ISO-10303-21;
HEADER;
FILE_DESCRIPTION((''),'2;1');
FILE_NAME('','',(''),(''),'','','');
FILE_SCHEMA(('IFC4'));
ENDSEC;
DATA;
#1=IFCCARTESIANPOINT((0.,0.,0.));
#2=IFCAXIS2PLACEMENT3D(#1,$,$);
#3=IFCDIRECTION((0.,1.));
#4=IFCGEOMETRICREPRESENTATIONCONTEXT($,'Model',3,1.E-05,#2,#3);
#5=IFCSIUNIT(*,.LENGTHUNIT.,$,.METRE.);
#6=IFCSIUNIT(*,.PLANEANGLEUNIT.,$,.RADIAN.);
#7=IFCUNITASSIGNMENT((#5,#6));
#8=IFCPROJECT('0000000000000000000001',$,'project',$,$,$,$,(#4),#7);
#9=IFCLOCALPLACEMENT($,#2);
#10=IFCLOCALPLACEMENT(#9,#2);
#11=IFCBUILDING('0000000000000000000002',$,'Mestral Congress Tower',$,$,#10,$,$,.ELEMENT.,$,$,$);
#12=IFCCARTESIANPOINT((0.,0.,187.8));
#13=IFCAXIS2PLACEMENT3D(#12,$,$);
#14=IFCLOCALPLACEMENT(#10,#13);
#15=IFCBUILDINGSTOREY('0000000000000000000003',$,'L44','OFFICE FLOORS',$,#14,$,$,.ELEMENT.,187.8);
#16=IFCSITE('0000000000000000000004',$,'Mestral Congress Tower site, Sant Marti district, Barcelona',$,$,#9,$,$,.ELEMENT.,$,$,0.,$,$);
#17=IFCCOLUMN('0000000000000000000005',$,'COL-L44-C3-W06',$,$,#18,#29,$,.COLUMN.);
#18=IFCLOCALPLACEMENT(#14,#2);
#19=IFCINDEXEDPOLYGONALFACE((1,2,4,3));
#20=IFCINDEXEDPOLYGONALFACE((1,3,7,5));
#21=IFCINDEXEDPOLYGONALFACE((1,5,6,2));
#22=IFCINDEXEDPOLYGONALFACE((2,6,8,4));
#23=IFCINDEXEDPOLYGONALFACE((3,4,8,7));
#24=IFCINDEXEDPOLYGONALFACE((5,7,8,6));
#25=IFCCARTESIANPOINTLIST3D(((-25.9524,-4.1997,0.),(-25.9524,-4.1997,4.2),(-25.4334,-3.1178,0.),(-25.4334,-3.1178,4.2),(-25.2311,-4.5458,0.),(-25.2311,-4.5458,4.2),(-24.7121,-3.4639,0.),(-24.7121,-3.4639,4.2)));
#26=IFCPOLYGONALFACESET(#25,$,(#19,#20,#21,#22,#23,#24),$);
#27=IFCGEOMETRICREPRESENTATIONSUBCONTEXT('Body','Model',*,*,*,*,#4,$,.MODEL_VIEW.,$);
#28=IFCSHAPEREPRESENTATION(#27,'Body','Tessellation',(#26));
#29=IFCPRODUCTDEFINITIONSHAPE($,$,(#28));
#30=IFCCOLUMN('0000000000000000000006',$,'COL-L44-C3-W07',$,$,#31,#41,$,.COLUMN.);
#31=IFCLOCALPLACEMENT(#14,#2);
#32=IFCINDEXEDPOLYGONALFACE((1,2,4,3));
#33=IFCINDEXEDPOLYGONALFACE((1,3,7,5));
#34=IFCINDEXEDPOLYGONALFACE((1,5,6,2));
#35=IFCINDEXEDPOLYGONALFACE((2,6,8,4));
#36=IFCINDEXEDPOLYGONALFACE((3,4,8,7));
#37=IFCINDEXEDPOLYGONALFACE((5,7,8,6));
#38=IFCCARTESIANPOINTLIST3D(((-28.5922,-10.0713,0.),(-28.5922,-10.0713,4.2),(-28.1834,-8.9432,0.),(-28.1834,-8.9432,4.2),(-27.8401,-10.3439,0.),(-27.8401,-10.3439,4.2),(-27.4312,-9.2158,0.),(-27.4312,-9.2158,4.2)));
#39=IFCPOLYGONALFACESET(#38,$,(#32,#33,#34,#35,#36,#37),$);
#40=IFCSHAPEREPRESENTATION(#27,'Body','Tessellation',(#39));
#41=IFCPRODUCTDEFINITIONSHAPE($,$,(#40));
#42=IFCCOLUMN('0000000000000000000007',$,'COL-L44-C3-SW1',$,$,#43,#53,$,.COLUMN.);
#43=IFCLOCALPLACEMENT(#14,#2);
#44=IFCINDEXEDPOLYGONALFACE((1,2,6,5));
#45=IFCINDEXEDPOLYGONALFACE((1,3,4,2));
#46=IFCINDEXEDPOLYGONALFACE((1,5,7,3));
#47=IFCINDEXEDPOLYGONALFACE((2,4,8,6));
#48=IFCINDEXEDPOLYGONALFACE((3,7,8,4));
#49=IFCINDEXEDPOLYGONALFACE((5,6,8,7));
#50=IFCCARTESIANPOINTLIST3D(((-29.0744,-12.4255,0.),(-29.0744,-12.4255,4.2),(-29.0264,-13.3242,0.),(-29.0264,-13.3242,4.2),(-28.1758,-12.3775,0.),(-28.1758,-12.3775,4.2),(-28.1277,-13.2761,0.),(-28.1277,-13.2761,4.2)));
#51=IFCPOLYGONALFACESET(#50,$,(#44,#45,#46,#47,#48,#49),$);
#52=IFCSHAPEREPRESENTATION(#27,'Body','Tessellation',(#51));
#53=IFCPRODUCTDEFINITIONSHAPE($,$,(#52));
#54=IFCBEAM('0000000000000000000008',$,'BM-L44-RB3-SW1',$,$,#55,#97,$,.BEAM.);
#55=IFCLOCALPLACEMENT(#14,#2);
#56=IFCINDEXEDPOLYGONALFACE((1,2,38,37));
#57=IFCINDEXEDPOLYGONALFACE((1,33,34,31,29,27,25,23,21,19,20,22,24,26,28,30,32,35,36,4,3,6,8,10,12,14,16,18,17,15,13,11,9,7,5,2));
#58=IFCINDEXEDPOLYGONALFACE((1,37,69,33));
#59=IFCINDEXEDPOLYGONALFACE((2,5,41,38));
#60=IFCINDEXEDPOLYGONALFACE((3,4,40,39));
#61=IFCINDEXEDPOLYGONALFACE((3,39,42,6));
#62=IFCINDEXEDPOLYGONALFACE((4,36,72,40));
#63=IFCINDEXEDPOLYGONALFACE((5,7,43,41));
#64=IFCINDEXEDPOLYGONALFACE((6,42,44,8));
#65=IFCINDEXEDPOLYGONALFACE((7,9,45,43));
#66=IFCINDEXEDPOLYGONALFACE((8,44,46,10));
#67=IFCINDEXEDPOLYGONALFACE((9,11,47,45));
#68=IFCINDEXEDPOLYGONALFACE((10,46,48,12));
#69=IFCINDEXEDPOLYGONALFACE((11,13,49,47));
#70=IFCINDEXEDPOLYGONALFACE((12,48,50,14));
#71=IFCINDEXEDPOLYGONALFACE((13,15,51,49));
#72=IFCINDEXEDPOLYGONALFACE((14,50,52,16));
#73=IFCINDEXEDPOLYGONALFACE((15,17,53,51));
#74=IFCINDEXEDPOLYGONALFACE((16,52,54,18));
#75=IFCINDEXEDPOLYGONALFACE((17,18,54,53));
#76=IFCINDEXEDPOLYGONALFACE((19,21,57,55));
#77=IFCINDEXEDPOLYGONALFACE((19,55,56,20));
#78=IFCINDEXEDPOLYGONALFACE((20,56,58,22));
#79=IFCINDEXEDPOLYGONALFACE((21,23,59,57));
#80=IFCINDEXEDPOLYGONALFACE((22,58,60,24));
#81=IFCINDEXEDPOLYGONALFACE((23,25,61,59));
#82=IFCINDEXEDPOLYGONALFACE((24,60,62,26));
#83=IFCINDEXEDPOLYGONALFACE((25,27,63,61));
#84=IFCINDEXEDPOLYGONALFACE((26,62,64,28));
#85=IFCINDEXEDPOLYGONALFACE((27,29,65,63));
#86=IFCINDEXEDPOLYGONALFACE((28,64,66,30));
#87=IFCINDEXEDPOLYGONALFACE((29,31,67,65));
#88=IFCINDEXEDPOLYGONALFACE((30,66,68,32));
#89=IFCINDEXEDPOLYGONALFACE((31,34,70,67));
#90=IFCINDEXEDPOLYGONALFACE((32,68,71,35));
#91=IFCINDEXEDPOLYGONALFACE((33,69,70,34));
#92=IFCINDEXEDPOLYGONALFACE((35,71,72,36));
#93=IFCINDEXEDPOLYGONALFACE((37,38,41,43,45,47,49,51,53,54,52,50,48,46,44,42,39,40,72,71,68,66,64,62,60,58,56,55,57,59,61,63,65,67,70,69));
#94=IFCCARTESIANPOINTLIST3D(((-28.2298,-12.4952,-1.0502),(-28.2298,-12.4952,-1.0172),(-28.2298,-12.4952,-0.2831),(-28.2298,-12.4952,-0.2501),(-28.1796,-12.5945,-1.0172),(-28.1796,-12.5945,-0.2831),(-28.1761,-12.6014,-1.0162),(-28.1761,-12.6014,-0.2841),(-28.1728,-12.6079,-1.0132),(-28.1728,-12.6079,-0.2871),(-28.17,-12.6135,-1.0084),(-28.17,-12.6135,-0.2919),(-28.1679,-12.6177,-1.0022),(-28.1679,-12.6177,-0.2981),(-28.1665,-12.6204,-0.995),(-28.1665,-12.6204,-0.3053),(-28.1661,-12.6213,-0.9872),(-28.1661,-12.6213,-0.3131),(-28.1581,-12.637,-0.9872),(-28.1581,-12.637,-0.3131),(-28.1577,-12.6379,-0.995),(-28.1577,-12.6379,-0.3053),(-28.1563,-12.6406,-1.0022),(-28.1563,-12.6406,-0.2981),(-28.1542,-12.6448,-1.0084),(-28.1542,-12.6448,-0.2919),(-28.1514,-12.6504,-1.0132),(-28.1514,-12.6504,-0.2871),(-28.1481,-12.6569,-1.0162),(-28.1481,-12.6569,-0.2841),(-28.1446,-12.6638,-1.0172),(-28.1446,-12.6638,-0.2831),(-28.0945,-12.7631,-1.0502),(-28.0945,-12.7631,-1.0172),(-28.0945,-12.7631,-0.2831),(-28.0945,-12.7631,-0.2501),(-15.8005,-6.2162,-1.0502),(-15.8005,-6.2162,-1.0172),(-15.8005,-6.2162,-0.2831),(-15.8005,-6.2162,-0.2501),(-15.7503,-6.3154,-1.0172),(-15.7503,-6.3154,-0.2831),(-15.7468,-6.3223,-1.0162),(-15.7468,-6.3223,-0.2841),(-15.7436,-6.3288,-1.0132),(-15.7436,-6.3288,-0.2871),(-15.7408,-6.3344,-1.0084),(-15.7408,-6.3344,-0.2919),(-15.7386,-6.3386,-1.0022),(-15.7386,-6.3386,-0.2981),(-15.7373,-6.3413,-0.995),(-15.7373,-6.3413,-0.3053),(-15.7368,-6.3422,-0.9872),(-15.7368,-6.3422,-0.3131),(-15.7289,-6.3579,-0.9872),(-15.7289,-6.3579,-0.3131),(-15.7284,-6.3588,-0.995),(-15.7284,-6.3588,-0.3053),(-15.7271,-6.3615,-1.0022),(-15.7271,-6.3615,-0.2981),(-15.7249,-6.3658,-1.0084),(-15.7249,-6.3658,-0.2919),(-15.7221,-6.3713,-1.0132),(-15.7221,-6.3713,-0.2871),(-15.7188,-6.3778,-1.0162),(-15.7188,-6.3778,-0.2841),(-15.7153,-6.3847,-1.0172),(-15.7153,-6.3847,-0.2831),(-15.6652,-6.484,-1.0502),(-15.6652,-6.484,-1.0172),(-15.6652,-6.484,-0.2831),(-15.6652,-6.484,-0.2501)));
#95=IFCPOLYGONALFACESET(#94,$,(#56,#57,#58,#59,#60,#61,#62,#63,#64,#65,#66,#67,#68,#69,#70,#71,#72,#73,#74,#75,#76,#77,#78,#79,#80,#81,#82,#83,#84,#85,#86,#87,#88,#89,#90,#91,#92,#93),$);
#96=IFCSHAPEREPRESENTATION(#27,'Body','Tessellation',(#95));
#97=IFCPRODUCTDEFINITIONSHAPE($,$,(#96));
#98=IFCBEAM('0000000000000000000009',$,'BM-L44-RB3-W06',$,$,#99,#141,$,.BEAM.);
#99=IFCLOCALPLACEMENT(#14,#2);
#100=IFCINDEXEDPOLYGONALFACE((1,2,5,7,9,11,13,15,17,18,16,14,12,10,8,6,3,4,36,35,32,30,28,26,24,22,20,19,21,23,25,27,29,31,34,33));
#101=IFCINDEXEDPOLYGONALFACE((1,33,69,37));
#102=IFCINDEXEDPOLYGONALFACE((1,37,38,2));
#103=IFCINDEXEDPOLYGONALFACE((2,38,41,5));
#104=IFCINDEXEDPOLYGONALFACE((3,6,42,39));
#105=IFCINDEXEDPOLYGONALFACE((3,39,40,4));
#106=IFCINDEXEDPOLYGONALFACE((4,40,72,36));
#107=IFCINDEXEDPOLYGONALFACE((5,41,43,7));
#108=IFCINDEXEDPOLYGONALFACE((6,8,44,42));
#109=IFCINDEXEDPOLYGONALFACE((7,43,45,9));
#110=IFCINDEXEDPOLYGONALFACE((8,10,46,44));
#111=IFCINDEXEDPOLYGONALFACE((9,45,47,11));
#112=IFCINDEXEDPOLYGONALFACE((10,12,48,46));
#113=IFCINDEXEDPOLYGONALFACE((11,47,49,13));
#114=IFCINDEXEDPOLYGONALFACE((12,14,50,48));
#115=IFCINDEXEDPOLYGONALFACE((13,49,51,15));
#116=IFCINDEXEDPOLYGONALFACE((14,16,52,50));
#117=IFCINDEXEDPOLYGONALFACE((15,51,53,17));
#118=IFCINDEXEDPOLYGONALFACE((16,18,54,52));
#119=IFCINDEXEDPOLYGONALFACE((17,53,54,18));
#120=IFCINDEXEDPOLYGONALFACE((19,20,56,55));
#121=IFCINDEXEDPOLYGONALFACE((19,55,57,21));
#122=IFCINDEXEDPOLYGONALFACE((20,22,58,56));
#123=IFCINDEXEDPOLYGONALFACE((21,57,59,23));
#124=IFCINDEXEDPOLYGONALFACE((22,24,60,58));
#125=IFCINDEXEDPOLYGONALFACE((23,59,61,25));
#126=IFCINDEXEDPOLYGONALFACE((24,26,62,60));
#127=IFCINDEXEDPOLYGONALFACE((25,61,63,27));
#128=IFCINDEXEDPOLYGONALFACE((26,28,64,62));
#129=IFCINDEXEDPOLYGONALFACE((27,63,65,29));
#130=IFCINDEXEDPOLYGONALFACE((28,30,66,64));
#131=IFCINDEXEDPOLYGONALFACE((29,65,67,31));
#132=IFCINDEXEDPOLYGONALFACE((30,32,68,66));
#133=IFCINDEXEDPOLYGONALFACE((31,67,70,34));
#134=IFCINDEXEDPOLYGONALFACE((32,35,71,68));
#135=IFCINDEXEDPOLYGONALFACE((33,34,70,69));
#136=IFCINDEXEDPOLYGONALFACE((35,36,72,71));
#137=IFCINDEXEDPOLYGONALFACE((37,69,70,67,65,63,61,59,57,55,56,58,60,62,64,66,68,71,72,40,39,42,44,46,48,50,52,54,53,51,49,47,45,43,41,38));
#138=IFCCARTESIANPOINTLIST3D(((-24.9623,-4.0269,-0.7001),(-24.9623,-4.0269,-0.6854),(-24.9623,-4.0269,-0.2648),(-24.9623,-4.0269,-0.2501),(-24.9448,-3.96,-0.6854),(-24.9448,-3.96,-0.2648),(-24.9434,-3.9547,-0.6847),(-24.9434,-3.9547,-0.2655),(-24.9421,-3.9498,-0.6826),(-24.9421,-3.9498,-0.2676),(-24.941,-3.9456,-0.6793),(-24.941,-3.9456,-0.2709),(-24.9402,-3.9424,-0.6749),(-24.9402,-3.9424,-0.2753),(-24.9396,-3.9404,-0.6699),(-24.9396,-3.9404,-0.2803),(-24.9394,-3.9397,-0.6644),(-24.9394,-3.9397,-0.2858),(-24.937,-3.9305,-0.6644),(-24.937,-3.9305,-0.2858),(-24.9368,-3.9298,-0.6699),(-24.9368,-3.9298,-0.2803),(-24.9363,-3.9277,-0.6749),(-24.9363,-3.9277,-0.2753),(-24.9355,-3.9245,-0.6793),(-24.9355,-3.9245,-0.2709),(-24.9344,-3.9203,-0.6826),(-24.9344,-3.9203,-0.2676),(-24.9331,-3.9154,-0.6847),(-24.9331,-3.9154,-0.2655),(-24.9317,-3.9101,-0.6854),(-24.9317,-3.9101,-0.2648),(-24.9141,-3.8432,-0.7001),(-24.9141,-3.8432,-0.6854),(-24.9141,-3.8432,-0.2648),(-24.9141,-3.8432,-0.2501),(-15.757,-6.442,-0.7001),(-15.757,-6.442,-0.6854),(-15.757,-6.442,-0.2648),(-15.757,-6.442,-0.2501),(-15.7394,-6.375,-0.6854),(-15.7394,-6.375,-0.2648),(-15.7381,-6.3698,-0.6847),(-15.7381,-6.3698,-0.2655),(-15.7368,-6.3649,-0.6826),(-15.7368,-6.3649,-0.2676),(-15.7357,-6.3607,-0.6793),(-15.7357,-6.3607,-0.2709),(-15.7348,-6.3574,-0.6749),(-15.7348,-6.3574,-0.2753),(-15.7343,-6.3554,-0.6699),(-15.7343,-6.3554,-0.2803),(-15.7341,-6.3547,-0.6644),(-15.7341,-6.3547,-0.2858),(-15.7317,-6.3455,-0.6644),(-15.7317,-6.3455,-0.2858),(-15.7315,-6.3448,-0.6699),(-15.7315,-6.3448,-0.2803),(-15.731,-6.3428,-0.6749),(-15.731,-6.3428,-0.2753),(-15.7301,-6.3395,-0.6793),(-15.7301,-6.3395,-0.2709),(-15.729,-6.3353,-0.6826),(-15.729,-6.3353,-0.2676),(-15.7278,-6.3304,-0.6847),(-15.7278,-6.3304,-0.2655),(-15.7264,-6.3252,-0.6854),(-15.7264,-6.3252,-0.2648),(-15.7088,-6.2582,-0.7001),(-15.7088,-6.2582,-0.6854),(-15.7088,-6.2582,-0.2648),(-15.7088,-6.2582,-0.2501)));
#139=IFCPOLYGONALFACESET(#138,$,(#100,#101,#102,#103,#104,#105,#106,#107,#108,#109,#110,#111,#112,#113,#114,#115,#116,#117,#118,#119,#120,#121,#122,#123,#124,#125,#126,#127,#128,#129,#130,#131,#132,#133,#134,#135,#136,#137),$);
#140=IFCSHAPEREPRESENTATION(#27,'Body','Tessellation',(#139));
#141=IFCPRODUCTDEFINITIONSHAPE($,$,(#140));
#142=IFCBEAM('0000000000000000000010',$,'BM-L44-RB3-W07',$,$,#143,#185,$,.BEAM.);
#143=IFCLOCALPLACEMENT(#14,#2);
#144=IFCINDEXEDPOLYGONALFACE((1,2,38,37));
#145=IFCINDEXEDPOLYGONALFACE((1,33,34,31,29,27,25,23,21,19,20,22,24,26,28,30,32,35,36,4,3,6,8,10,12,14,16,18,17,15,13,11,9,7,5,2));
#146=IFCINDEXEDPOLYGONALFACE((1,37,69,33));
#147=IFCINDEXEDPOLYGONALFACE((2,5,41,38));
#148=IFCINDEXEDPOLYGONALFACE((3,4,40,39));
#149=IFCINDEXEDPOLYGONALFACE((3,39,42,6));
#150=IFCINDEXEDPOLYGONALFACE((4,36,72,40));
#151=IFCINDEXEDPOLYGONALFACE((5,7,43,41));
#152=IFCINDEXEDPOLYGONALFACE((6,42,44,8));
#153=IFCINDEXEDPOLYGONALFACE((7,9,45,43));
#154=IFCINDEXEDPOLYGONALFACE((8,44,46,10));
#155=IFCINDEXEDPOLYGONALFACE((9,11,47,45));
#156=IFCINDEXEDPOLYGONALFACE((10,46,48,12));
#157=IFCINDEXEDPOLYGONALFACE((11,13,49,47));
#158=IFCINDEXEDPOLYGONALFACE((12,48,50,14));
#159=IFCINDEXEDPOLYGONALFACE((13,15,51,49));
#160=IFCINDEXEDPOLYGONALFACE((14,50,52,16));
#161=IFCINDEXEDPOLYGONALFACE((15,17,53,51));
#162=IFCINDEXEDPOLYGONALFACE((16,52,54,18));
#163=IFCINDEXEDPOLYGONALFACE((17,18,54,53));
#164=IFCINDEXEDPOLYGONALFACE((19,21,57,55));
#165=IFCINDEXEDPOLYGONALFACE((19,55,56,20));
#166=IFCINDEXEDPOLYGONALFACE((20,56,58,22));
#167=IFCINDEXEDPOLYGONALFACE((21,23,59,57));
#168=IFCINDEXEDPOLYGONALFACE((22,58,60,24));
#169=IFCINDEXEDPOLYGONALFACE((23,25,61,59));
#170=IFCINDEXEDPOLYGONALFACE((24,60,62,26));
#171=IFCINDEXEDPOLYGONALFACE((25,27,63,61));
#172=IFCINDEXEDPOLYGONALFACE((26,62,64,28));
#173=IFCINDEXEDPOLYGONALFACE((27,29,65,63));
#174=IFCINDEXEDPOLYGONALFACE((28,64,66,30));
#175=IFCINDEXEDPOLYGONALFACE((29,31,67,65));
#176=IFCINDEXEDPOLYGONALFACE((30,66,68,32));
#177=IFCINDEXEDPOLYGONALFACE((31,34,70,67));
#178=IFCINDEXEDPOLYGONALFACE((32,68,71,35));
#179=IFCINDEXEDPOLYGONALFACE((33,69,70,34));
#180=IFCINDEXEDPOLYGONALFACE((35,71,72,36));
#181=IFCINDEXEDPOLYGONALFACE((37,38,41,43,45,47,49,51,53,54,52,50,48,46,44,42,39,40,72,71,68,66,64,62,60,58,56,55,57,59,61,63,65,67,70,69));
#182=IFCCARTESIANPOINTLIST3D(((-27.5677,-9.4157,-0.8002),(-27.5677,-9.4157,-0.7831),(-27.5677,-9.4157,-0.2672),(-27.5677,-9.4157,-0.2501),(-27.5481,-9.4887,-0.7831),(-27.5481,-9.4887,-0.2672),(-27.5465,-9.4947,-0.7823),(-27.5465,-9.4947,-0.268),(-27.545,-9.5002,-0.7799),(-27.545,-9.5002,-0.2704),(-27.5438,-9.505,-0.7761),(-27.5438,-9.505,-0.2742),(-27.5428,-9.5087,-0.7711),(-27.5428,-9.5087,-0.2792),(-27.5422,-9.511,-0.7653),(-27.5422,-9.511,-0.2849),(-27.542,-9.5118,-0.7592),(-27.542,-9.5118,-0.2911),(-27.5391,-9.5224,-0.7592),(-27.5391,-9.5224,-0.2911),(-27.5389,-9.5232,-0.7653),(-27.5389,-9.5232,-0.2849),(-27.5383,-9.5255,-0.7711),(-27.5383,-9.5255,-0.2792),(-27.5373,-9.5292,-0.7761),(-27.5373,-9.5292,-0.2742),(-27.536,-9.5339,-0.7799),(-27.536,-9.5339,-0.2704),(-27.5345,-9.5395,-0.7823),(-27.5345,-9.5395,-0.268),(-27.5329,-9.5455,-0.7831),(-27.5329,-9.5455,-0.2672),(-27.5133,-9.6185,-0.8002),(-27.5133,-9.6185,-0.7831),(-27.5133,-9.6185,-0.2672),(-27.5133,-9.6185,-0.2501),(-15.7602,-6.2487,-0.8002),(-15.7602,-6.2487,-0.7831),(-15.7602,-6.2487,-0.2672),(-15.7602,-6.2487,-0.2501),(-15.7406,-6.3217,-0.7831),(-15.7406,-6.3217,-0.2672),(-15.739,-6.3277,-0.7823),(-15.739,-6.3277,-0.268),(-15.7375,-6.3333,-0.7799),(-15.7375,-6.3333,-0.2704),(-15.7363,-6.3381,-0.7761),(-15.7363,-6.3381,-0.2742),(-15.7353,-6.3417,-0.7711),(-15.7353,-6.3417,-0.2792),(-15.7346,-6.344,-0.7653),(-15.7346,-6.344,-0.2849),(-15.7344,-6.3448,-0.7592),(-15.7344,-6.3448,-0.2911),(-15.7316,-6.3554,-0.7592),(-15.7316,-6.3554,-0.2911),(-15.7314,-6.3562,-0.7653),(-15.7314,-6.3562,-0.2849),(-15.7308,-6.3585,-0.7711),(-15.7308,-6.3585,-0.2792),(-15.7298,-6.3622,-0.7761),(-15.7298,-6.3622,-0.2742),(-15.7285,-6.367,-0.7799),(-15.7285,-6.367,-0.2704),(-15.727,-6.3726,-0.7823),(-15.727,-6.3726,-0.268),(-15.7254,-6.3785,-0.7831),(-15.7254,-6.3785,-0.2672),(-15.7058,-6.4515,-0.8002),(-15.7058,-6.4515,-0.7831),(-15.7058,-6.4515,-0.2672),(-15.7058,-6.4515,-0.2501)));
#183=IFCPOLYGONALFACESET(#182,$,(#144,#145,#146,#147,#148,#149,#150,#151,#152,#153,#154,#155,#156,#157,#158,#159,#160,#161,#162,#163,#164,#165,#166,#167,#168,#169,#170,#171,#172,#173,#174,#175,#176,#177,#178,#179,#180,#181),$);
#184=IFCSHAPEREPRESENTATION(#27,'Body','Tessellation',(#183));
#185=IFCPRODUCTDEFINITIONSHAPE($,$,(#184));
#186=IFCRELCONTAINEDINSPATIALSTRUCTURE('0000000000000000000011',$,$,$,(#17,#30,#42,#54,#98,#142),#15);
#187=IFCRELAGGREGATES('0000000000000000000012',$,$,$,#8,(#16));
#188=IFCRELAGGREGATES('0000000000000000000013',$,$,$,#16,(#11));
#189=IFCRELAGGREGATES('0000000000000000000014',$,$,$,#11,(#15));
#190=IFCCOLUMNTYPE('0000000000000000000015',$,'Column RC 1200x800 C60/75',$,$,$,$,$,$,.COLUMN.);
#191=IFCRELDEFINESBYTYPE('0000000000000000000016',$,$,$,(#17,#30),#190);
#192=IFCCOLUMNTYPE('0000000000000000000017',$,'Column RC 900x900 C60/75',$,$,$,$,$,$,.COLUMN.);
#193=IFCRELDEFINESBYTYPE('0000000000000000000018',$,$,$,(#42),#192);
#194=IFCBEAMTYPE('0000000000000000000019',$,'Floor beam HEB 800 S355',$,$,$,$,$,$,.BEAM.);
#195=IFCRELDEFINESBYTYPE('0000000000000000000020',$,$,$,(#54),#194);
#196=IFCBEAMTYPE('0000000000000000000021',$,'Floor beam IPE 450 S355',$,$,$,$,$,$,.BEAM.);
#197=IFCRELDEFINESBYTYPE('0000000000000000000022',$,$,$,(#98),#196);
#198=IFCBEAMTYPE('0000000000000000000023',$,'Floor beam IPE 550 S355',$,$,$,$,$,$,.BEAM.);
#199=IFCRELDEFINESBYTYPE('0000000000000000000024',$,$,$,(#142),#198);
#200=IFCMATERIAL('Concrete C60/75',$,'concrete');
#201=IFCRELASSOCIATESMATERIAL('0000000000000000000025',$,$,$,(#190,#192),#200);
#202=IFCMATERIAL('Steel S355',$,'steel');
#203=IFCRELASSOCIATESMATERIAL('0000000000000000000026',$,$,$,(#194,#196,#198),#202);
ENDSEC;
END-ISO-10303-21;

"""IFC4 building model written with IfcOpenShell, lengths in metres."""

from ifc_helpers import new_model, si_unit, direction, frame, origin, origin_2d, place, context, subcontext, project, spatial, rectangle, i_section, extrude, material, material_profile, profile_set, type_object, element, save


model = new_model("IFC4")

# Units and contexts
model_context = context("Model", 3, precision=1e-05, world=origin(), true_north=direction((0.0, 1.0)))
body_context = subcontext(model_context, "Body", "Model", "MODEL_VIEW")
ifc_project = project(units=[si_unit("LENGTHUNIT", "METRE"), si_unit("PLANEANGLEUNIT", "RADIAN")], contexts=[model_context])

# Site, building, storey
site_placement = place(None, origin())
site = spatial("IfcSite", under=ifc_project, at=site_placement, Name="Mestral Congress Tower site, Sant Marti district, Barcelona", CompositionType="ELEMENT", RefElevation=0.0)
building_placement = place(site_placement, origin())
building = spatial("IfcBuilding", under=site, at=building_placement, Name="Mestral Congress Tower", CompositionType="ELEMENT")
storey_placement = place(building_placement, frame((0.0, 0.0, 187.8)))
storey = spatial("IfcBuildingStorey", under=building, at=storey_placement, Name="L44", Description="OFFICE FLOORS", CompositionType="ELEMENT", Elevation=187.8)

# Columns
ifc_material_1 = material(Name="Concrete C60/75", Category="concrete")
ifc_material_profile_1 = material_profile(ifc_material_1, rectangle(XDim=1.2, YDim=0.8, at=origin_2d()), Name="RC 1200x800")
ifc_profile_set_1 = profile_set([ifc_material_profile_1], Name="Concrete C60/75")
column_type_1 = type_object("IfcColumnType", Name="Column RC 1200x800 C60/75", PredefinedType="COLUMN", material=ifc_profile_set_1)
for number, where, z_axis, x_axis, name in (
    (1, (-25.3323, -3.8318, 0.0), (0.0, 0.0, 1.0), (-0.432522, -0.901624, 0.0), "COL-L44-C3-W06"),
    (2, (-28.0117, -9.6436, 0.0), (0.0, 0.0, 1.0), (-0.340744, -0.940156, 0.0), "COL-L44-C3-W07"),
):
    element("IfcColumn", number, at=place(storey_placement, frame(where, z_axis=z_axis, x_axis=x_axis)), inside=storey, type_object=column_type_1, Name=name, PredefinedType="COLUMN", context=body_context, shape_type="SweptSolid", body=[
        extrude(rectangle(XDim=1.2, YDim=0.8, at=origin_2d()), origin(), (0.0, 0.0, 1.0), 4.2),
    ])
ifc_material_profile_2 = material_profile(ifc_material_1, rectangle(XDim=0.8999, YDim=0.8999, at=origin_2d()), Name="RC 900x900")
ifc_profile_set_2 = profile_set([ifc_material_profile_2], Name="Concrete C60/75")
column_type_2 = type_object("IfcColumnType", Name="Column RC 900x900 C60/75", PredefinedType="COLUMN", material=ifc_profile_set_2)
column_placement = place(storey_placement, frame((-28.6011, -12.8508, 0.0), z_axis=(0.0, 0.0, 1.0), x_axis=(0.053392, -0.998574, 0.0)))
element("IfcColumn", 3, at=column_placement, inside=storey, type_object=column_type_2, Name="COL-L44-C3-SW1", PredefinedType="COLUMN", context=body_context, shape_type="SweptSolid", body=[
    extrude(rectangle(XDim=0.8999, YDim=0.8999, at=origin_2d()), origin(), (0.0, 0.0, 1.0), 4.2),
])

# Beams
ifc_material_2 = material(Name="Steel S355", Category="steel")
ifc_material_profile_3 = material_profile(ifc_material_2, i_section(OverallWidth=0.3, OverallDepth=0.8, WebThickness=0.0176, FlangeThickness=0.033, FilletRadius=0.03, at=origin_2d()), Name="HEB 800")
ifc_profile_set_3 = profile_set([ifc_material_profile_3], Name="Steel S355")
beam_type_1 = type_object("IfcBeamType", Name="Floor beam HEB 800 S355", PredefinedType="BEAM", material=ifc_profile_set_3)
beam_1_placement = place(storey_placement, frame((-28.1621, -12.6292, -0.6501), z_axis=(0.892568, 0.450913, 0.0), x_axis=(-0.450913, 0.892568, 0.0)))
element("IfcBeam", 4, at=beam_1_placement, inside=storey, type_object=beam_type_1, Name="BM-L44-RB3-SW1", PredefinedType="BEAM", context=body_context, shape_type="SweptSolid", body=[
    extrude(i_section(OverallWidth=0.3, OverallDepth=0.8, WebThickness=0.0176, FlangeThickness=0.033, FilletRadius=0.03, at=origin_2d()), origin(), (0.0, 0.0, 1.0), 13.9253),
])
ifc_material_profile_4 = material_profile(ifc_material_2, i_section(OverallWidth=0.1899, OverallDepth=0.45, WebThickness=0.0095, FlangeThickness=0.0146, FilletRadius=0.021, at=origin_2d()), Name="IPE 450")
ifc_profile_set_4 = profile_set([ifc_material_profile_4], Name="Steel S355")
beam_type_2 = type_object("IfcBeamType", Name="Floor beam IPE 450 S355", PredefinedType="BEAM", material=ifc_profile_set_4)
beam_2_placement = place(storey_placement, frame((-24.9382, -3.9351, -0.4751), z_axis=(0.967266, -0.253765, 0.0), x_axis=(0.253765, 0.967266, 0.0)))
element("IfcBeam", 5, at=beam_2_placement, inside=storey, type_object=beam_type_2, Name="BM-L44-RB3-W06", PredefinedType="BEAM", context=body_context, shape_type="SweptSolid", body=[
    extrude(i_section(OverallWidth=0.1899, OverallDepth=0.45, WebThickness=0.0095, FlangeThickness=0.0146, FilletRadius=0.021, at=origin_2d()), origin(), (0.0, 0.0, 1.0), 9.5168),
])
ifc_material_profile_5 = material_profile(ifc_material_2, i_section(OverallWidth=0.21, OverallDepth=0.55, WebThickness=0.011, FlangeThickness=0.0171, FilletRadius=0.0239, at=origin_2d()), Name="IPE 550")
ifc_profile_set_5 = profile_set([ifc_material_profile_5], Name="Steel S355")
beam_type_3 = type_object("IfcBeamType", Name="Floor beam IPE 550 S355", PredefinedType="BEAM", material=ifc_profile_set_5)
beam_3_placement = place(storey_placement, frame((-27.5405, -9.5171, -0.5251), z_axis=(0.965861, 0.259059, 0.0), x_axis=(-0.259059, 0.965861, 0.0)))
element("IfcBeam", 6, at=beam_3_placement, inside=storey, type_object=beam_type_3, Name="BM-L44-RB3-W07", PredefinedType="BEAM", context=body_context, shape_type="SweptSolid", body=[
    extrude(i_section(OverallWidth=0.21, OverallDepth=0.55, WebThickness=0.011, FlangeThickness=0.0171, FilletRadius=0.0239, at=origin_2d()), origin(), (0.0, 0.0, 1.0), 12.2249),
])

save(model, "model.ifc")
